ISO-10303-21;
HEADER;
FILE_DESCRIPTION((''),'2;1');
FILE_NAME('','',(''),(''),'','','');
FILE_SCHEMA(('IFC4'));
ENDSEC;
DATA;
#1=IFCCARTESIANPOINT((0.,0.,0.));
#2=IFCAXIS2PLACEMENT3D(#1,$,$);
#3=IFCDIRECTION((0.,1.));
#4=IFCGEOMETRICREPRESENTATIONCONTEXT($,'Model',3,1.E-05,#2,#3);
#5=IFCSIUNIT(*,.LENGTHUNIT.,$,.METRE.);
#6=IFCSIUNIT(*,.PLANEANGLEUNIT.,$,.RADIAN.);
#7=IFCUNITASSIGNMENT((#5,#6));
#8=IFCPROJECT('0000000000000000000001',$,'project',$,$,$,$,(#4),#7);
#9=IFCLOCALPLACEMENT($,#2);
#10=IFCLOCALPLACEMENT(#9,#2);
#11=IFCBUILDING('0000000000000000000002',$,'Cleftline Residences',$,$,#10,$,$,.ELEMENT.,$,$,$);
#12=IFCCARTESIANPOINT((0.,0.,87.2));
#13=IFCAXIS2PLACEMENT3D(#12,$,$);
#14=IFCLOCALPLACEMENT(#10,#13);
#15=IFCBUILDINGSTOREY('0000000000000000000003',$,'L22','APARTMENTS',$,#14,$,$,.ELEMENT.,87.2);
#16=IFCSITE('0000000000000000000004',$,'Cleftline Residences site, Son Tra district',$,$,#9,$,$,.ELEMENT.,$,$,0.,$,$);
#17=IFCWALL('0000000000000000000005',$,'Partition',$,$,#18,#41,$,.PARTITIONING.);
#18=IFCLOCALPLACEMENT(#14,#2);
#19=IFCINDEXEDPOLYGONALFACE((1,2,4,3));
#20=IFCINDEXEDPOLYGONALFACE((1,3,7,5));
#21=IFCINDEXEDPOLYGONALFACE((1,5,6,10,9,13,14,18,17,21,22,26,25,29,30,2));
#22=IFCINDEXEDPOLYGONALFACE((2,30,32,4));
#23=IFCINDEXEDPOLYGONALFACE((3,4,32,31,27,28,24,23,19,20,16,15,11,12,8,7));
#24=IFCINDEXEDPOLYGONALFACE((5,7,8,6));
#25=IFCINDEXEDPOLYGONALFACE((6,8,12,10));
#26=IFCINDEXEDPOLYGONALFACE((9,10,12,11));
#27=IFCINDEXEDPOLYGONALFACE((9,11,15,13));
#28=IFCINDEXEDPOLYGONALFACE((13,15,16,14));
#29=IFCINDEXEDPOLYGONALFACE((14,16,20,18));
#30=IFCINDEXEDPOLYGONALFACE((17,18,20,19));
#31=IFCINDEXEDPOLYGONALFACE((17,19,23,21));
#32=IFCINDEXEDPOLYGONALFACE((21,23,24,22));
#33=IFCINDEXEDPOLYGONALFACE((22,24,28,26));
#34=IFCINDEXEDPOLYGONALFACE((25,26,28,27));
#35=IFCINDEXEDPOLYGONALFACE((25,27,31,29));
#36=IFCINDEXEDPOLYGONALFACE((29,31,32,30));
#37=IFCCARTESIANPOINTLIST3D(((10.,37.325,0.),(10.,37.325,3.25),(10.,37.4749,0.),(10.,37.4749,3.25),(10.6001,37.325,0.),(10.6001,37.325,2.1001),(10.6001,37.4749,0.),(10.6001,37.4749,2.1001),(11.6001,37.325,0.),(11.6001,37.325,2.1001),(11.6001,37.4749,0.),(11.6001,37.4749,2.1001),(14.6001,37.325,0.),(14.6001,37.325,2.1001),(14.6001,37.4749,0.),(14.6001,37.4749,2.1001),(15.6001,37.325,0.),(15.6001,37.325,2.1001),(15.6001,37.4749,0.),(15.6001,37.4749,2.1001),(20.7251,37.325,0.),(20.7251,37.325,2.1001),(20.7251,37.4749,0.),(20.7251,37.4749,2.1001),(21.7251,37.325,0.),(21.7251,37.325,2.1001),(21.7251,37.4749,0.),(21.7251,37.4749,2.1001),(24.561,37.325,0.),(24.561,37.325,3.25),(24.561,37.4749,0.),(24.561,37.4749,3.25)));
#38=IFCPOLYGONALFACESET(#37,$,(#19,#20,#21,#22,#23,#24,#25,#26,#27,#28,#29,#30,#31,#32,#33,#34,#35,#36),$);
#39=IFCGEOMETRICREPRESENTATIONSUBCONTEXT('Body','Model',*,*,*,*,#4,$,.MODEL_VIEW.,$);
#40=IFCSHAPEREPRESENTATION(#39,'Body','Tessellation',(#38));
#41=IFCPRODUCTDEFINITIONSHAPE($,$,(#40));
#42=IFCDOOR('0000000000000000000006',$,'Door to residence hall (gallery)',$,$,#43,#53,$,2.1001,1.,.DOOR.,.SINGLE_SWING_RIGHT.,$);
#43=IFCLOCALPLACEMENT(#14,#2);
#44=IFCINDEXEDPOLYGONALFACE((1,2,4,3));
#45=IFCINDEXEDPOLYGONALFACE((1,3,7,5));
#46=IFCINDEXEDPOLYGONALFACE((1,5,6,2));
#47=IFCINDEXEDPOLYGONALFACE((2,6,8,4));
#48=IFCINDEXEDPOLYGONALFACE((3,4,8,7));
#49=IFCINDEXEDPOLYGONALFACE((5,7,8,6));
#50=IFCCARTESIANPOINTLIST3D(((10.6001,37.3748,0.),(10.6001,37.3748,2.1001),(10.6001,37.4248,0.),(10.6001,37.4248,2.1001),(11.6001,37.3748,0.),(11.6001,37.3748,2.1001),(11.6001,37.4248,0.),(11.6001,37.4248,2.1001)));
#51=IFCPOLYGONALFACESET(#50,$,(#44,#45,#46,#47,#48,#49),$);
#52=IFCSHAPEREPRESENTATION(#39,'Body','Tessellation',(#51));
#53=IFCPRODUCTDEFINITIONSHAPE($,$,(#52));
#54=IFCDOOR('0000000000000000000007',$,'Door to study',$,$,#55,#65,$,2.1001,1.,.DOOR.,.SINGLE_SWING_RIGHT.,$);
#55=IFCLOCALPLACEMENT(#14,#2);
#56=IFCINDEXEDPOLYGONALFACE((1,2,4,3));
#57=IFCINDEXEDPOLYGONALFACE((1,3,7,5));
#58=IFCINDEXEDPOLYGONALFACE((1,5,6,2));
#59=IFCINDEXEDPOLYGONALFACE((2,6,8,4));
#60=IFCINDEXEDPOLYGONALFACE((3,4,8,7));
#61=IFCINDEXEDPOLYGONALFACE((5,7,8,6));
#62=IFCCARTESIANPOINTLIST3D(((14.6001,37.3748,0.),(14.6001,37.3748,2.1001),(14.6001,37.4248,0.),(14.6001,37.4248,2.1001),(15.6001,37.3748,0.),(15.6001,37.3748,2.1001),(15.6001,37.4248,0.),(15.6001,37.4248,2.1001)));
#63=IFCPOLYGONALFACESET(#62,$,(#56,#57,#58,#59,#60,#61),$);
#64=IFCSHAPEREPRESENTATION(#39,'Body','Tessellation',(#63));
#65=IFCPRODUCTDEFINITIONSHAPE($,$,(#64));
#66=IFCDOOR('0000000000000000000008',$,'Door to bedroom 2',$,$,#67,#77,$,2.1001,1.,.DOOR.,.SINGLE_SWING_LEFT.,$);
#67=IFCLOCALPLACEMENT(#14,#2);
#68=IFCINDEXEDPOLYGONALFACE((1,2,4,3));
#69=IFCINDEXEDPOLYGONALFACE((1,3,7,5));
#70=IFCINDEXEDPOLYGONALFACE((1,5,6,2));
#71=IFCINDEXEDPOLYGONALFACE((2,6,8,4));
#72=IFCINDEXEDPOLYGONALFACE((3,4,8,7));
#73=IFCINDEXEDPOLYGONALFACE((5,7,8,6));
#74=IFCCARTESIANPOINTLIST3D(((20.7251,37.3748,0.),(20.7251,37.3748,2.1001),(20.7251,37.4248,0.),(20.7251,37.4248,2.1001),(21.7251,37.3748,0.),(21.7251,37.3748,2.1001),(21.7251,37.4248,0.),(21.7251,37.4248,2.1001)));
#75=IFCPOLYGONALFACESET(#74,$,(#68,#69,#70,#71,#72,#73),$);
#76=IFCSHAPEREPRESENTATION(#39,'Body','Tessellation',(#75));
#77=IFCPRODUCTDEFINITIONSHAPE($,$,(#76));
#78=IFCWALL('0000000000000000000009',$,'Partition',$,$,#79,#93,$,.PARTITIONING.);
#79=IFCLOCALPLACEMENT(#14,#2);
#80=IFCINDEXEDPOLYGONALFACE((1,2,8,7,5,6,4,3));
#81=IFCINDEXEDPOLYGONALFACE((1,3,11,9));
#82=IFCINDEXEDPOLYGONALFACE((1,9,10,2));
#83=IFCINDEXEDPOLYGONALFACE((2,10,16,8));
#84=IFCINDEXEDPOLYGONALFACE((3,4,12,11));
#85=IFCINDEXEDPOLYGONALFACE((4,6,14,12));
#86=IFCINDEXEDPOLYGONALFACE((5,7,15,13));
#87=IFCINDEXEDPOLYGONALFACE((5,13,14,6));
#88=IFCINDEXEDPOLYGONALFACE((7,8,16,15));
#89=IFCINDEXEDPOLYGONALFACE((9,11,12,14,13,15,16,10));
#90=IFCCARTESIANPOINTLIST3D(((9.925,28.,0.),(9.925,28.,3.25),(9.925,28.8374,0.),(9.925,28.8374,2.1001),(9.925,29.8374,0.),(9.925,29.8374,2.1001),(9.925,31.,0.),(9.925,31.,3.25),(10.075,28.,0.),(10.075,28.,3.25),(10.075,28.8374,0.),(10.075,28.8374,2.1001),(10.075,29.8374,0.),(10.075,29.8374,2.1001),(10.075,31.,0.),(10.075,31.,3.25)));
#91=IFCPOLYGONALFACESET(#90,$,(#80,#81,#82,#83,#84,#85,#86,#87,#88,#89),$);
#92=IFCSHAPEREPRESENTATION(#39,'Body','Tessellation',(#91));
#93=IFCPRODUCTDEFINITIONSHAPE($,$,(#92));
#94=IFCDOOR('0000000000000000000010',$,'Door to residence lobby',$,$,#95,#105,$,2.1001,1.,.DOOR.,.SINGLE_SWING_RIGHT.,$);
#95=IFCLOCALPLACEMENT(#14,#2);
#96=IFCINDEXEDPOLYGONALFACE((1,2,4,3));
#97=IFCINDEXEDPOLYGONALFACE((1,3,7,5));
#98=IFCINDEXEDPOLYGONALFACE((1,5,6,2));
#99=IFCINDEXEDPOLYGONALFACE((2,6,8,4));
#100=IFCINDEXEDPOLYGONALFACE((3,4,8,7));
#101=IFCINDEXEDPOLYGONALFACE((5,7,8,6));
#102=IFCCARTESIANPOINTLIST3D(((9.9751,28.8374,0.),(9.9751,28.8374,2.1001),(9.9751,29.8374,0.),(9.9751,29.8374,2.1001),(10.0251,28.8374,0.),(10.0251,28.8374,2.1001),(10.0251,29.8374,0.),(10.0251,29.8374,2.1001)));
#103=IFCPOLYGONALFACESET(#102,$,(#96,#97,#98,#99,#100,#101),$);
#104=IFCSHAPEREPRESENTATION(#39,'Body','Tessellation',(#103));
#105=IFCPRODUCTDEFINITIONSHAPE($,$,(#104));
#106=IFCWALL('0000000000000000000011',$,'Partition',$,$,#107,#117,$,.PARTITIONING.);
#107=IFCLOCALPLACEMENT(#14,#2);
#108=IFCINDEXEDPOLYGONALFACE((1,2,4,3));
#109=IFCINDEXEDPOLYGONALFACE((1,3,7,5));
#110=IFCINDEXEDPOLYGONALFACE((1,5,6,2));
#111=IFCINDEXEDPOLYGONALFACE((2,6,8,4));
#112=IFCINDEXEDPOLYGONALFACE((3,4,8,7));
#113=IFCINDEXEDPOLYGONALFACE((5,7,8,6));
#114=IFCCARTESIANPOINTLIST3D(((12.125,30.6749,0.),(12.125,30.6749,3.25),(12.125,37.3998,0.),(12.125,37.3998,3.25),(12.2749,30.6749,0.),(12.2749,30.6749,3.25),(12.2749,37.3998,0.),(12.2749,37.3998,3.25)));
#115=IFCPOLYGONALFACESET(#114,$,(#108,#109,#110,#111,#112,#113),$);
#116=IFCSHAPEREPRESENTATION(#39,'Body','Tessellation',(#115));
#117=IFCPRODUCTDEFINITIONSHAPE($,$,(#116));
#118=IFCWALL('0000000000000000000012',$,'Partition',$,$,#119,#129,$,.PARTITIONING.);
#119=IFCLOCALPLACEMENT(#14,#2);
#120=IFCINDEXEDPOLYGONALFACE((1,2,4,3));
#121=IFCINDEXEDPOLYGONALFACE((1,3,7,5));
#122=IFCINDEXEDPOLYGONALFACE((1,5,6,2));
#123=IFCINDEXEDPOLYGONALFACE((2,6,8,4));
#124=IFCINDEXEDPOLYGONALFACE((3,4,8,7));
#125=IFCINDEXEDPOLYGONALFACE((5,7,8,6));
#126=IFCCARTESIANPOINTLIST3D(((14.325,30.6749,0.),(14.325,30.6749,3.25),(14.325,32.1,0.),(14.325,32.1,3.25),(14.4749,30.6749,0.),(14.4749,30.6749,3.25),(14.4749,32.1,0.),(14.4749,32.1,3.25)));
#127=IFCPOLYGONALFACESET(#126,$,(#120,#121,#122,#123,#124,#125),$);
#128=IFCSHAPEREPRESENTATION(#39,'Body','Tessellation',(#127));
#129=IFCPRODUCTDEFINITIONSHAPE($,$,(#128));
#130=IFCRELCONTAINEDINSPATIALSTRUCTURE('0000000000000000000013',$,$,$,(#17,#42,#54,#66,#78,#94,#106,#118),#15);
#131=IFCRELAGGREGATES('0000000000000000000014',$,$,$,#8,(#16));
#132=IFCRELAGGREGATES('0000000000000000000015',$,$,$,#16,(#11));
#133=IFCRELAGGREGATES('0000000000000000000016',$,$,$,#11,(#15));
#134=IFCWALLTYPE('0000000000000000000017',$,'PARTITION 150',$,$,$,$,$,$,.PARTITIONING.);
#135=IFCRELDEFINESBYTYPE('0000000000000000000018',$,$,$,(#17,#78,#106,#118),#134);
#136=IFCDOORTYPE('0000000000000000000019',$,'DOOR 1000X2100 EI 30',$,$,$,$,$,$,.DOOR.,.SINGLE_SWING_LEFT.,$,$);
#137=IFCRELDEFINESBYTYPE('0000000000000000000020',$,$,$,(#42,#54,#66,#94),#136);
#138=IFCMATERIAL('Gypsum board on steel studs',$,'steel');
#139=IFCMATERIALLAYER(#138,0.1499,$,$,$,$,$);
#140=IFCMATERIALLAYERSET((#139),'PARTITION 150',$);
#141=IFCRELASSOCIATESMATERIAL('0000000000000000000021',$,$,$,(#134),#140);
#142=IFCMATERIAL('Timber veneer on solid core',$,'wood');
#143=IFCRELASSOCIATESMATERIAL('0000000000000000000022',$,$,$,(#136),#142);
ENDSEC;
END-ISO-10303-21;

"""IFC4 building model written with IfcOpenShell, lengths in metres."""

from ifc_helpers import new_model, si_unit, direction, frame, frame_2d, origin, place, context, subcontext, project, spatial, rectangle, extrude, material, layer, layer_set, type_object, element, fill, save


model = new_model("IFC4")

# Units and contexts
model_context = context("Model", 3, precision=1e-05, world=origin(), true_north=direction((0.0, 1.0)))
body_context = subcontext(model_context, "Body", "Model", "MODEL_VIEW")
ifc_project = project(units=[si_unit("LENGTHUNIT", "METRE"), si_unit("PLANEANGLEUNIT", "RADIAN")], contexts=[model_context])

# Site, building, storey
site_placement = place(None, origin())
site = spatial("IfcSite", under=ifc_project, at=site_placement, Name="Cleftline Residences site, Son Tra district", CompositionType="ELEMENT", RefElevation=0.0)
building_placement = place(site_placement, origin())
building = spatial("IfcBuilding", under=site, at=building_placement, Name="Cleftline Residences", CompositionType="ELEMENT")
storey_placement = place(building_placement, frame((0.0, 0.0, 87.2)))
storey = spatial("IfcBuildingStorey", under=building, at=storey_placement, Name="L22", Description="APARTMENTS", CompositionType="ELEMENT", Elevation=87.2)

# Shared definitions
ifc_material_1 = material(Name="Gypsum board on steel studs", Category="steel")
ifc_layer_1 = layer(ifc_material_1, 0.1499)
ifc_layer_set_1 = layer_set([ifc_layer_1], Name="PARTITION 150")
wall_type_1 = type_object("IfcWallType", Name="PARTITION 150", PredefinedType="PARTITIONING", material=ifc_layer_set_1)

# Wall, openings, doors
wall_1_placement = place(storey_placement, frame((10.0, 37.3999, 0.0), z_axis=(0.0, 0.0, 1.0), x_axis=(1.0, 0.0, 0.0)))
wall_1 = element("IfcWall", 1, at=wall_1_placement, inside=storey, type_object=wall_type_1, Name="Partition", PredefinedType="PARTITIONING", context=body_context, shape_type="SweptSolid", body=[
    extrude(rectangle(XDim=14.561, YDim=0.1499, at=frame_2d((7.2805, 0.0))), origin(), (0.0, 0.0, 1.0), 3.25),
])
opening_1_placement = place(wall_1_placement, frame((0.6001, 0.0, 0.0)))
opening_1 = element("IfcOpeningElement", 2, at=opening_1_placement, cuts=wall_1, PredefinedType="OPENING", context=body_context, shape_type="SweptSolid", body=[
    extrude(rectangle(XDim=1.0, YDim=2.1001, at=frame_2d((0.5, 1.05))), frame((0.0, 0.085, 0.0), z_axis=(0.0, -1.0, 0.0), x_axis=(1.0, 0.0, 0.0)), (0.0, 0.0, 1.0), 0.1699),
])
opening_2_placement = place(wall_1_placement, frame((4.6001, 0.0, 0.0)))
opening_2 = element("IfcOpeningElement", 3, at=opening_2_placement, cuts=wall_1, PredefinedType="OPENING", context=body_context, shape_type="SweptSolid", body=[
    extrude(rectangle(XDim=1.0, YDim=2.1001, at=frame_2d((0.5, 1.05))), frame((0.0, 0.085, 0.0), z_axis=(0.0, -1.0, 0.0), x_axis=(1.0, 0.0, 0.0)), (0.0, 0.0, 1.0), 0.1699),
])
opening_3_placement = place(wall_1_placement, frame((10.7251, 0.0, 0.0)))
opening_3 = element("IfcOpeningElement", 4, at=opening_3_placement, cuts=wall_1, PredefinedType="OPENING", context=body_context, shape_type="SweptSolid", body=[
    extrude(rectangle(XDim=1.0, YDim=2.1001, at=frame_2d((0.5, 1.05))), frame((0.0, 0.085, 0.0), z_axis=(0.0, -1.0, 0.0), x_axis=(1.0, 0.0, 0.0)), (0.0, 0.0, 1.0), 0.1699),
])
ifc_material_2 = material(Name="Timber veneer on solid core", Category="wood")
door_type_1 = type_object("IfcDoorType", Name="DOOR 1000X2100 EI 30", OperationType="SINGLE_SWING_LEFT", PredefinedType="DOOR", material=ifc_material_2)
door_1_placement = place(opening_1_placement, origin())
door_1 = element("IfcDoor", 5, at=door_1_placement, inside=storey, type_object=door_type_1, Name="Door to residence hall (gallery)", OperationType="SINGLE_SWING_RIGHT", OverallHeight=2.1001, OverallWidth=1.0, PredefinedType="DOOR", context=body_context, shape_type="SweptSolid", body=[
    extrude(rectangle(XDim=1.0, YDim=2.1001, at=frame_2d((0.5, 1.05))), frame((0.0, 0.0249, 0.0), z_axis=(0.0, -1.0, 0.0), x_axis=(1.0, 0.0, 0.0)), (0.0, 0.0, 1.0), 0.05),
])
fill(opening_1, door_1)
door_2_placement = place(opening_2_placement, origin())
door_2 = element("IfcDoor", 6, at=door_2_placement, inside=storey, type_object=door_type_1, Name="Door to study", OperationType="SINGLE_SWING_RIGHT", OverallHeight=2.1001, OverallWidth=1.0, PredefinedType="DOOR", context=body_context, shape_type="SweptSolid", body=[
    extrude(rectangle(XDim=1.0, YDim=2.1001, at=frame_2d((0.5, 1.05))), frame((0.0, 0.0249, 0.0), z_axis=(0.0, -1.0, 0.0), x_axis=(1.0, 0.0, 0.0)), (0.0, 0.0, 1.0), 0.05),
])
fill(opening_2, door_2)
door_3_placement = place(opening_3_placement, origin())
door_3 = element("IfcDoor", 7, at=door_3_placement, inside=storey, type_object=door_type_1, Name="Door to bedroom 2", OperationType="SINGLE_SWING_LEFT", OverallHeight=2.1001, OverallWidth=1.0, PredefinedType="DOOR", context=body_context, shape_type="SweptSolid", body=[
    extrude(rectangle(XDim=1.0, YDim=2.1001, at=frame_2d((0.5, 1.05))), frame((0.0, 0.0249, 0.0), z_axis=(0.0, -1.0, 0.0), x_axis=(1.0, 0.0, 0.0)), (0.0, 0.0, 1.0), 0.05),
])
fill(opening_3, door_3)

# Wall, opening, door
wall_2_placement = place(storey_placement, frame((10.0, 28.0, 0.0), z_axis=(0.0, 0.0, 1.0), x_axis=(0.0, 1.0, 0.0)))
wall_2 = element("IfcWall", 8, at=wall_2_placement, inside=storey, type_object=wall_type_1, Name="Partition", PredefinedType="PARTITIONING", context=body_context, shape_type="SweptSolid", body=[
    extrude(rectangle(XDim=3.0, YDim=0.1499, at=frame_2d((1.5, 0.0))), origin(), (0.0, 0.0, 1.0), 3.25),
])
opening_4_placement = place(wall_2_placement, frame((0.8374, 0.0, 0.0)))
opening_4 = element("IfcOpeningElement", 9, at=opening_4_placement, cuts=wall_2, PredefinedType="OPENING", context=body_context, shape_type="SweptSolid", body=[
    extrude(rectangle(XDim=1.0, YDim=2.1001, at=frame_2d((0.5, 1.05))), frame((0.0, 0.085, 0.0), z_axis=(0.0, -1.0, 0.0), x_axis=(1.0, 0.0, 0.0)), (0.0, 0.0, 1.0), 0.1699),
])
door_4_placement = place(opening_4_placement, origin())
door_4 = element("IfcDoor", 10, at=door_4_placement, inside=storey, type_object=door_type_1, Name="Door to residence lobby", OperationType="SINGLE_SWING_RIGHT", OverallHeight=2.1001, OverallWidth=1.0, PredefinedType="DOOR", context=body_context, shape_type="SweptSolid", body=[
    extrude(rectangle(XDim=1.0, YDim=2.1001, at=frame_2d((0.5, 1.05))), frame((0.0, 0.0249, 0.0), z_axis=(0.0, -1.0, 0.0), x_axis=(1.0, 0.0, 0.0)), (0.0, 0.0, 1.0), 0.05),
])
fill(opening_4, door_4)

# Walls
wall_3_placement = place(storey_placement, frame((12.2, 30.675, 0.0), z_axis=(0.0, 0.0, 1.0), x_axis=(0.0, 1.0, 0.0)))
element("IfcWall", 11, at=wall_3_placement, inside=storey, type_object=wall_type_1, Name="Partition", PredefinedType="PARTITIONING", context=body_context, shape_type="SweptSolid", body=[
    extrude(rectangle(XDim=6.7249, YDim=0.1499, at=frame_2d((3.3623, 0.0))), origin(), (0.0, 0.0, 1.0), 3.25),
])
wall_4_placement = place(storey_placement, frame((14.3999, 30.675, 0.0), z_axis=(0.0, 0.0, 1.0), x_axis=(0.0, 1.0, 0.0)))
element("IfcWall", 12, at=wall_4_placement, inside=storey, type_object=wall_type_1, Name="Partition", PredefinedType="PARTITIONING", context=body_context, shape_type="SweptSolid", body=[
    extrude(rectangle(XDim=1.425, YDim=0.1499, at=frame_2d((0.7124, 0.0))), origin(), (0.0, 0.0, 1.0), 3.25),
])

save(model, "model.ifc")
